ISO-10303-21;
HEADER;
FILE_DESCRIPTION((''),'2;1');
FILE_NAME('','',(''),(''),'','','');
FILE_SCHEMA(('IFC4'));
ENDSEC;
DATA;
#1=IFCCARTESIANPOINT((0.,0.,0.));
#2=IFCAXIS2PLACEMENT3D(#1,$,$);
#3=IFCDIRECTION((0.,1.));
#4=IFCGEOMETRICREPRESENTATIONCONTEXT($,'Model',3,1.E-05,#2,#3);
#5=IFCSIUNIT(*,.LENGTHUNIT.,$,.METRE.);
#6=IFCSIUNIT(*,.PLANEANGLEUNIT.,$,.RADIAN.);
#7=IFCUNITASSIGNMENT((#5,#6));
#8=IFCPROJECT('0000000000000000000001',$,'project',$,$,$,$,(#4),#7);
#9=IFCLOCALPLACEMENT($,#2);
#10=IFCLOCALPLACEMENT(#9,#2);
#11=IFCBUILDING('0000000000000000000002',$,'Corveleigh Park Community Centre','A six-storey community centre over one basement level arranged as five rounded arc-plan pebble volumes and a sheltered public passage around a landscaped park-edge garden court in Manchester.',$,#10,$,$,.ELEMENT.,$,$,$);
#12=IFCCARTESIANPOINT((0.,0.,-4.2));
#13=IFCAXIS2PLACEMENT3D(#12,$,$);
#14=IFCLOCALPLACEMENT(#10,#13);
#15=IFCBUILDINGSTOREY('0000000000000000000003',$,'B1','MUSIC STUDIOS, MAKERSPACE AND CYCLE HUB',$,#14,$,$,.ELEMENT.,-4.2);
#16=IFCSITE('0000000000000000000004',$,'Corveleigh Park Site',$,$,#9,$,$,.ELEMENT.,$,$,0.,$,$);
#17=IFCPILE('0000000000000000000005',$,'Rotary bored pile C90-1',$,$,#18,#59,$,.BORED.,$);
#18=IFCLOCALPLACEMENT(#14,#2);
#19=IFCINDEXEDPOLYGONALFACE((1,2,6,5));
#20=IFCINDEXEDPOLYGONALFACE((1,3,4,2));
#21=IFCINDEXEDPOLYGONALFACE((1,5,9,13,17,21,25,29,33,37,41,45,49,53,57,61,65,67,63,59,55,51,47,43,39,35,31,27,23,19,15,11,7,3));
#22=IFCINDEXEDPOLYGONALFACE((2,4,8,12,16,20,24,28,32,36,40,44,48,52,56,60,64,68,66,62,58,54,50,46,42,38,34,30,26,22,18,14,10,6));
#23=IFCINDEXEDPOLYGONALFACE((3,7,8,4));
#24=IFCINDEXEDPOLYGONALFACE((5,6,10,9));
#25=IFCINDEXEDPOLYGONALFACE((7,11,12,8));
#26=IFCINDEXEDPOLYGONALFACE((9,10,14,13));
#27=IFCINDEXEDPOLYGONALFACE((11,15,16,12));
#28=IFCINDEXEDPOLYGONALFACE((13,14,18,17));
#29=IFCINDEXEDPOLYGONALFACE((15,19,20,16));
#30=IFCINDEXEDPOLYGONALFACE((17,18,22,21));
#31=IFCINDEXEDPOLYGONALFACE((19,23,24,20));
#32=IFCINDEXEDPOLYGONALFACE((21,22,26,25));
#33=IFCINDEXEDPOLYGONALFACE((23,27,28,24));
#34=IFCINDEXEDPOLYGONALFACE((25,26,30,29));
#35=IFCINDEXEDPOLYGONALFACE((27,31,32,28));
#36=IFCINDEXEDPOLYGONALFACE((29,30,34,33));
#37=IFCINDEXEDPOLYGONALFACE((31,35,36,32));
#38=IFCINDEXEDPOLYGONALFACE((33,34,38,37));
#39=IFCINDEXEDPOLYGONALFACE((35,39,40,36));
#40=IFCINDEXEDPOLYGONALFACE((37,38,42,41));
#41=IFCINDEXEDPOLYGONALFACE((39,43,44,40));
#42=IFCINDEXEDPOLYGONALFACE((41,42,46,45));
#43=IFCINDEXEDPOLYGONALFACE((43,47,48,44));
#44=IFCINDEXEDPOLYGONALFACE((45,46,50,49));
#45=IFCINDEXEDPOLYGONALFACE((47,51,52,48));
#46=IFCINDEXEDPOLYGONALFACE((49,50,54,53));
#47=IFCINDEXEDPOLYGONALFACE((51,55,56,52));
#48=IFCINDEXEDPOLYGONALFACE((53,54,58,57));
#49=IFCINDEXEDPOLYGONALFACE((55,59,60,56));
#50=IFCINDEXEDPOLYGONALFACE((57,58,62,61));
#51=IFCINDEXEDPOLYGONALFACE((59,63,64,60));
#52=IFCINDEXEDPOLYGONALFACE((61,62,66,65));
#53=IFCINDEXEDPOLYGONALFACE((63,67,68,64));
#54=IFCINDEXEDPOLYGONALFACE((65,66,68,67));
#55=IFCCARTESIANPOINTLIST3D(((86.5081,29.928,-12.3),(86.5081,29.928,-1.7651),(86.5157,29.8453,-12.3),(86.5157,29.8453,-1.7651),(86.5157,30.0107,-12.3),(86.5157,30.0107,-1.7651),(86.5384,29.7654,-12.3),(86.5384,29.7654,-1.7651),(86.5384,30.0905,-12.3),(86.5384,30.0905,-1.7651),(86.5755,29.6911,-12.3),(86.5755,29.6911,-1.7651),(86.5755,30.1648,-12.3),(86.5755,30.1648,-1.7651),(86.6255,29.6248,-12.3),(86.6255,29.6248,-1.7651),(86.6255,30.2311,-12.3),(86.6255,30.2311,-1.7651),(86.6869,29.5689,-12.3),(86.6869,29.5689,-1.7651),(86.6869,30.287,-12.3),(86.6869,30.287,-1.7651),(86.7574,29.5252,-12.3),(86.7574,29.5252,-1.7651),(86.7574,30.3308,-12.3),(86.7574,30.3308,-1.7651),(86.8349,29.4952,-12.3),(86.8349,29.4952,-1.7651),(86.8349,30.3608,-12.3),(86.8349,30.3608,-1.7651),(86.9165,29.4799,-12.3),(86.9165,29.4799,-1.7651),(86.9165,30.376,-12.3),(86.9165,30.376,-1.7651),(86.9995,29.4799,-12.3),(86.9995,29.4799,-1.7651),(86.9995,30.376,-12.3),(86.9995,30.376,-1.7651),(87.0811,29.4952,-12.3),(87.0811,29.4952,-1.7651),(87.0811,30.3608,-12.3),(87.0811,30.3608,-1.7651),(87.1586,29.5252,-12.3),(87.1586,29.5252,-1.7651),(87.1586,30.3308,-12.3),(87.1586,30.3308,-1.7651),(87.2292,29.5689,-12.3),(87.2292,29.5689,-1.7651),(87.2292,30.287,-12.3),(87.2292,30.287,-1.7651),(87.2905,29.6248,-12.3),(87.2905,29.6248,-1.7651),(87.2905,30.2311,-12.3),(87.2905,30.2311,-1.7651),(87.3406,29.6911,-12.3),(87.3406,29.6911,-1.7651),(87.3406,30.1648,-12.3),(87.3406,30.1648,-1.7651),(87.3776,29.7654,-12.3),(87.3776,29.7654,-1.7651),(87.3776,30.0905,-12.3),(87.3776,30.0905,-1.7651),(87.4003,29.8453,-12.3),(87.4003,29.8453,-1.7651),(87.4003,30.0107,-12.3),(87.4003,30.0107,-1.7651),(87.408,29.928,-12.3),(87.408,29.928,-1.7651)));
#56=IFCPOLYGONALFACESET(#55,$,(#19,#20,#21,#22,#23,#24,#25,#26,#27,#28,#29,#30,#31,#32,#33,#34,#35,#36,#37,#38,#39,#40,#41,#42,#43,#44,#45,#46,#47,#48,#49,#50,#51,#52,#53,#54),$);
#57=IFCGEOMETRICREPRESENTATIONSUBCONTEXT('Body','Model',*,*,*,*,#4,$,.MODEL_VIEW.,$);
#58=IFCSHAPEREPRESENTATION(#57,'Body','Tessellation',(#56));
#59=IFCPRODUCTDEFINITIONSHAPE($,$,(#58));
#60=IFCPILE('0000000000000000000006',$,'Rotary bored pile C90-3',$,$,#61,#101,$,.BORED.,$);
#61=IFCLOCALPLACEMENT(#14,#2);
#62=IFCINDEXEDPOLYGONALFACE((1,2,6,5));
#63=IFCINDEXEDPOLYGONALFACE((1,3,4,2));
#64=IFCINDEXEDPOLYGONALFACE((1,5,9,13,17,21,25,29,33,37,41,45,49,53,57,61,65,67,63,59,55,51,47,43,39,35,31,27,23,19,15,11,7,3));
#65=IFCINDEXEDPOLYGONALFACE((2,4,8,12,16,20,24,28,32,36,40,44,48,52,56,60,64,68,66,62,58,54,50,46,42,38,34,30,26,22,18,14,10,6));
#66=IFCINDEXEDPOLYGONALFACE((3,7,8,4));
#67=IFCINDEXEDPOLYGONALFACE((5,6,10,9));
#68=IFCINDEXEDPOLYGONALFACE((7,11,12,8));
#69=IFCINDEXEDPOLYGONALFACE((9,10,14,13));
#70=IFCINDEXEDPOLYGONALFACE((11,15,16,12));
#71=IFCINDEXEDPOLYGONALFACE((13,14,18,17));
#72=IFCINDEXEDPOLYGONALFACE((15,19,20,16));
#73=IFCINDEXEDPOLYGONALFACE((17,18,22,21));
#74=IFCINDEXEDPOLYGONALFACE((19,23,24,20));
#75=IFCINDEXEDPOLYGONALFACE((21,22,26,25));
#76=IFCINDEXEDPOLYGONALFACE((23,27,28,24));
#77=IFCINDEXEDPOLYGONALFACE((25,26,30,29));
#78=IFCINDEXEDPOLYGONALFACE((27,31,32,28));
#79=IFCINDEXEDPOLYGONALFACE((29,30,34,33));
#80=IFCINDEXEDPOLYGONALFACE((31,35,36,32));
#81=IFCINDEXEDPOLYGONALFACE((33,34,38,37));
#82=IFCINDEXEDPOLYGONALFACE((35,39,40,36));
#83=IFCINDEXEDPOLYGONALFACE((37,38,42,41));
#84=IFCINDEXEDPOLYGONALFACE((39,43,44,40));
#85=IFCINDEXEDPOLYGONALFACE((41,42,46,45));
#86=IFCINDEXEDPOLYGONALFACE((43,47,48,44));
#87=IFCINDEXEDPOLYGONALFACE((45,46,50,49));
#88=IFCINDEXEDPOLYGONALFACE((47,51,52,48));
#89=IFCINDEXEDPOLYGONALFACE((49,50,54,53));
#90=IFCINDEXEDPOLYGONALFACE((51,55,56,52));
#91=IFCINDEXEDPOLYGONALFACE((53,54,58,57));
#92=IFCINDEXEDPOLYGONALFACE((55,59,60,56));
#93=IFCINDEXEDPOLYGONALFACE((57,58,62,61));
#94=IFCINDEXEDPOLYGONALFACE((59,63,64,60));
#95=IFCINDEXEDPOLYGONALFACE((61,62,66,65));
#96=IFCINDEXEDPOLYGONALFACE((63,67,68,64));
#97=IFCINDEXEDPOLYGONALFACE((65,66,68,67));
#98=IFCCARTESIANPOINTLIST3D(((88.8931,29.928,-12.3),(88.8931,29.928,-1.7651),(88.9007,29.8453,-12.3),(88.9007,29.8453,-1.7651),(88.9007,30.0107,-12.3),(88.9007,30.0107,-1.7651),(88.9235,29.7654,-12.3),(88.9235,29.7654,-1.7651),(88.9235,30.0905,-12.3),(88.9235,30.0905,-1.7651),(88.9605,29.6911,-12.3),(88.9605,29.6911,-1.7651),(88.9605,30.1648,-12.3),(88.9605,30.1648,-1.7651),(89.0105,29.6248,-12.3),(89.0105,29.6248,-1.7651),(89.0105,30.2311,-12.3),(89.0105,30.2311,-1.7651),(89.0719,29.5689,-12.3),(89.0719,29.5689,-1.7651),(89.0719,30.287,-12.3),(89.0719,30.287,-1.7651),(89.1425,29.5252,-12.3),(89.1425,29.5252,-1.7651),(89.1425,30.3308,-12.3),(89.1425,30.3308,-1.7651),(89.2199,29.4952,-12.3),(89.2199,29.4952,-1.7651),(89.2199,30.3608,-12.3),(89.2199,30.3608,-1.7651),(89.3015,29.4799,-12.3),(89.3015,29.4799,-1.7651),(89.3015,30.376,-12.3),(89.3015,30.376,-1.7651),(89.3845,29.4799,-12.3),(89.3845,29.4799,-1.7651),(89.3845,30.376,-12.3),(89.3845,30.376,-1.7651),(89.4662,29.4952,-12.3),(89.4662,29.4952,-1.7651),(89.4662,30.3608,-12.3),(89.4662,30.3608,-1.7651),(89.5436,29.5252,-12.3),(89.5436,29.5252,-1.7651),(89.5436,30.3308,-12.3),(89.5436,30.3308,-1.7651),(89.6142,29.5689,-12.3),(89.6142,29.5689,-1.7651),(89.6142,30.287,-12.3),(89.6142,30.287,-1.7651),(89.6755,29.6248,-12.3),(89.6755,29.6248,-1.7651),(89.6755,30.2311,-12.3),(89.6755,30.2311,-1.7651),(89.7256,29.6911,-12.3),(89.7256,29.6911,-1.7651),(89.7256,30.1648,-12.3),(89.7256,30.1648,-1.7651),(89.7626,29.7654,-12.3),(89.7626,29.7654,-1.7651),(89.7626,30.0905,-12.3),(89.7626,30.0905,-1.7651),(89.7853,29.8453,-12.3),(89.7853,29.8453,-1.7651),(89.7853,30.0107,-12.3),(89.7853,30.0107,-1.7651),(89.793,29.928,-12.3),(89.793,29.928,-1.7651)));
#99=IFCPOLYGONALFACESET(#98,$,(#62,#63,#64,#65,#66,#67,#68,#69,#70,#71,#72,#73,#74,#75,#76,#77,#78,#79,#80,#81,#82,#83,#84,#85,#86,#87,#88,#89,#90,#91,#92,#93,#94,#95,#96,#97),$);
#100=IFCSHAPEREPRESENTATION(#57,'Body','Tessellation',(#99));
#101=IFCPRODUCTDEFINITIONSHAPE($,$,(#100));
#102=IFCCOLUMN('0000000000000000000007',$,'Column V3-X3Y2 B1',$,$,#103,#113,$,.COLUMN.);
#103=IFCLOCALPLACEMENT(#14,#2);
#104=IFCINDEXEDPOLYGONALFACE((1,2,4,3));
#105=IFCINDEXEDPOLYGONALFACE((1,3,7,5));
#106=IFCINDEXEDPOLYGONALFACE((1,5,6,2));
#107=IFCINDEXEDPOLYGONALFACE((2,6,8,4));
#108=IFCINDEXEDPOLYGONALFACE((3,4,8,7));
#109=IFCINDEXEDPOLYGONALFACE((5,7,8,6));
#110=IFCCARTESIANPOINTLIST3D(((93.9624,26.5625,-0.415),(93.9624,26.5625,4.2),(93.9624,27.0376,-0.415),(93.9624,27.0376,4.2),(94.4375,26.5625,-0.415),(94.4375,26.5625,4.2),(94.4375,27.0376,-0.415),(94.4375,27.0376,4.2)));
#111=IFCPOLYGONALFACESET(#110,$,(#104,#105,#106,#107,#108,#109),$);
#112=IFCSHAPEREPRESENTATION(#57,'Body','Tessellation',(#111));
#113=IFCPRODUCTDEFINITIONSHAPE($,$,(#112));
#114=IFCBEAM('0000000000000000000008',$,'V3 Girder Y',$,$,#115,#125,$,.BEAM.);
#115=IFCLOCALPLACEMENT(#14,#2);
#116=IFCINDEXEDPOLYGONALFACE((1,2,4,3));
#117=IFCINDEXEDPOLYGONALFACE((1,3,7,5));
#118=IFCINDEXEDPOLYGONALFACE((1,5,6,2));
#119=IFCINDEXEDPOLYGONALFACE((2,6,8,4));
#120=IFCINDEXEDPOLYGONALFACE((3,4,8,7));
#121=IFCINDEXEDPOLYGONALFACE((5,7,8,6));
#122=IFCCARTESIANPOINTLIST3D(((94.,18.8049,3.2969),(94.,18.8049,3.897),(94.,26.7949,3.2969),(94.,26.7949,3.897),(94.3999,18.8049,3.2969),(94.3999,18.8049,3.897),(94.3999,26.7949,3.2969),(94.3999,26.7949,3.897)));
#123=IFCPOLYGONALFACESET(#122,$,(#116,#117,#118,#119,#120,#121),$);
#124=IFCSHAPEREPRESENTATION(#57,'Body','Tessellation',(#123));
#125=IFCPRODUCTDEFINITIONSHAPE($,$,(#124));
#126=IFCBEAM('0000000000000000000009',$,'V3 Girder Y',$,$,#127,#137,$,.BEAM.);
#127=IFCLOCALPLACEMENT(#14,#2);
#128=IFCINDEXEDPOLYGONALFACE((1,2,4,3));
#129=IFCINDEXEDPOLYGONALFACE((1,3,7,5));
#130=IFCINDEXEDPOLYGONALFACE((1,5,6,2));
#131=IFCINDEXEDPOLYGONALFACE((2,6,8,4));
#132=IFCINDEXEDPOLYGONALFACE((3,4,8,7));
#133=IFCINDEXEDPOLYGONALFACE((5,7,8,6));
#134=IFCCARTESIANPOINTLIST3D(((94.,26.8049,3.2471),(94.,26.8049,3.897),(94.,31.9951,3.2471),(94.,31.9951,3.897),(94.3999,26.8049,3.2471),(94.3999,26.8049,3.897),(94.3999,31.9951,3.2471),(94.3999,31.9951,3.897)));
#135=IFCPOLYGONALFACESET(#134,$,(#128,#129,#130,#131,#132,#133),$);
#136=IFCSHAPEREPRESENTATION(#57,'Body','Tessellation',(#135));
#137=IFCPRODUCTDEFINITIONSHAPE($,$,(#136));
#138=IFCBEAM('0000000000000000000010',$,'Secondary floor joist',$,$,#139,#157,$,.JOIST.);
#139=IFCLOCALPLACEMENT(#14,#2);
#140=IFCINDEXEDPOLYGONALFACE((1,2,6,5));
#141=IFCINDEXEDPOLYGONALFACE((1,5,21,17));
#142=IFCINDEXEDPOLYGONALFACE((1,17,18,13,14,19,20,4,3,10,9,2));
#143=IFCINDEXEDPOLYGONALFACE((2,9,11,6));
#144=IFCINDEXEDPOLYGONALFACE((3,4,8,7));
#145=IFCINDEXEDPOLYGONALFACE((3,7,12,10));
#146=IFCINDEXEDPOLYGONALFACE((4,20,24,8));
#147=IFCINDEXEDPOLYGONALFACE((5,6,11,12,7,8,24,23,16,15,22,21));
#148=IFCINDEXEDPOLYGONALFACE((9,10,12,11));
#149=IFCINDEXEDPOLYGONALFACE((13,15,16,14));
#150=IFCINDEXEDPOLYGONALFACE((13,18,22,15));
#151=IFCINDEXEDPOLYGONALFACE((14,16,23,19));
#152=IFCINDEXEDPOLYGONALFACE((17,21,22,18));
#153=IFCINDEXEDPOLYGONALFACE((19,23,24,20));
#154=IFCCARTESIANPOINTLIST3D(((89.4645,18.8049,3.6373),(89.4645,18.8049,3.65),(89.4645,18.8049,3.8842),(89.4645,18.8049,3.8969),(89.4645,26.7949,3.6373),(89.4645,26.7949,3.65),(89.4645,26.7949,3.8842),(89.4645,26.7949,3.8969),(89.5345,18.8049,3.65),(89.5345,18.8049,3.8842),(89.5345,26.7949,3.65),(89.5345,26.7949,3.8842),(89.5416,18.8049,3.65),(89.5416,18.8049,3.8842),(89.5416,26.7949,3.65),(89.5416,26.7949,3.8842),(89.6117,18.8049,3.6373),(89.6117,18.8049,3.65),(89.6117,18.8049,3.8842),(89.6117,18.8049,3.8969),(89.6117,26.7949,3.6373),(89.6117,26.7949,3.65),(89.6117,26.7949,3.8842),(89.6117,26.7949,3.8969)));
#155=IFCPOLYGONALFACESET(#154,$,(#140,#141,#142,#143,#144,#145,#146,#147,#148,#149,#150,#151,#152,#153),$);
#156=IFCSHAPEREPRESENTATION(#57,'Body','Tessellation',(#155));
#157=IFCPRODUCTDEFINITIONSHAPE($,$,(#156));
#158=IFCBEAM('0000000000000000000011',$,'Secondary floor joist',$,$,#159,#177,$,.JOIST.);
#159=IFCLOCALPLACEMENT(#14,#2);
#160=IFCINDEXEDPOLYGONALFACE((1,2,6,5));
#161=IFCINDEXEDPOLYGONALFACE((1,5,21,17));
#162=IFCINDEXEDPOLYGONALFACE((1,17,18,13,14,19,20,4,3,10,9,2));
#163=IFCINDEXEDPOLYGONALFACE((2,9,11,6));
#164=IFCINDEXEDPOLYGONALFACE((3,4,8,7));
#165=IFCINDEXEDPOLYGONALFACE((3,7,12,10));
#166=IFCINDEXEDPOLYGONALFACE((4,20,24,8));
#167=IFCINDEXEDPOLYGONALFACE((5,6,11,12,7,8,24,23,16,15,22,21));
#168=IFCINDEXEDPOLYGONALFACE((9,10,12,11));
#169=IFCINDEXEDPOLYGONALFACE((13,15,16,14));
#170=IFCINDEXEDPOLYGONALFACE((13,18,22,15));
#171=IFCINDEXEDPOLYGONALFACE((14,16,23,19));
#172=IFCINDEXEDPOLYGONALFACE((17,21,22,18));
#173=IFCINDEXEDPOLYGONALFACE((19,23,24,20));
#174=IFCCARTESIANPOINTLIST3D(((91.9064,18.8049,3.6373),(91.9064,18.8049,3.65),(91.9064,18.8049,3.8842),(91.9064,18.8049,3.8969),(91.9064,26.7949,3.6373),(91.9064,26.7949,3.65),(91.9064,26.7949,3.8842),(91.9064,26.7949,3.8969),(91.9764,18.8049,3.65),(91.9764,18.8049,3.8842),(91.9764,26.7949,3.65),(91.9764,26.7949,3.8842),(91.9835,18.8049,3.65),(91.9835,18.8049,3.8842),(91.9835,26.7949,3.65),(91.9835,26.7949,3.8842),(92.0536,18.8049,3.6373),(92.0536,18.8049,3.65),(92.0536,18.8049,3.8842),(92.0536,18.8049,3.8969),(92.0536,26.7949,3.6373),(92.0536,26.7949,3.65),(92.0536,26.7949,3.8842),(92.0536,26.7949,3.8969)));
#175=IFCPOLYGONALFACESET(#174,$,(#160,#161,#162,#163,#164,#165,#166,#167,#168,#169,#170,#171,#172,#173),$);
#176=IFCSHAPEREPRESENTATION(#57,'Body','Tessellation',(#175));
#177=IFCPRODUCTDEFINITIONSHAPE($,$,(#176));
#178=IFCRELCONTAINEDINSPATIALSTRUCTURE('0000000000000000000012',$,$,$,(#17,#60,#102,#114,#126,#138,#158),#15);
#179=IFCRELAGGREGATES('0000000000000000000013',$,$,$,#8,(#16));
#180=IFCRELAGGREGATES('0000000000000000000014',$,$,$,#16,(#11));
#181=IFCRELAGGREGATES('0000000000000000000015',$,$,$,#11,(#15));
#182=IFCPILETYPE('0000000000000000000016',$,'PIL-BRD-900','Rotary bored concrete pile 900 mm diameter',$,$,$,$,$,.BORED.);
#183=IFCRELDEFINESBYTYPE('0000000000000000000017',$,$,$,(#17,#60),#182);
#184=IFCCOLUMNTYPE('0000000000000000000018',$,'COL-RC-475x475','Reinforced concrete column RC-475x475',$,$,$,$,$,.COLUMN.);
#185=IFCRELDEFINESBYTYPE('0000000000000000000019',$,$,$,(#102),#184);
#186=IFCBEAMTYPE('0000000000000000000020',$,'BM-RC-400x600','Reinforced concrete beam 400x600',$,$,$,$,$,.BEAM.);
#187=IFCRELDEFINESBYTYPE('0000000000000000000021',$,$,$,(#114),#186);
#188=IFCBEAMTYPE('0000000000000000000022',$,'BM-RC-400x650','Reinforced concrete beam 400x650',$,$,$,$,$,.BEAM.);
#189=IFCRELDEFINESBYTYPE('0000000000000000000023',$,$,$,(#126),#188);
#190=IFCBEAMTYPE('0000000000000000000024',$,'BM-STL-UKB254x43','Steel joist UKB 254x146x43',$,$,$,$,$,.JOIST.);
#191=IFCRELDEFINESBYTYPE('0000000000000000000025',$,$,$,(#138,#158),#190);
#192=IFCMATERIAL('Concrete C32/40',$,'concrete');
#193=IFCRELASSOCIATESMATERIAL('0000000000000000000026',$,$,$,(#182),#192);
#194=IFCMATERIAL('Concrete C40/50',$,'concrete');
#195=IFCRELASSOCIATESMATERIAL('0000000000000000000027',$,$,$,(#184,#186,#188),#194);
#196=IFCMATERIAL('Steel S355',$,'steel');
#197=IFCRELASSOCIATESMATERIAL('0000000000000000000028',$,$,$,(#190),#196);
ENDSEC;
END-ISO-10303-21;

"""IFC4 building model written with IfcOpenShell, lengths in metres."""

from ifc_helpers import new_model, si_unit, direction, frame, origin, origin_2d, place, context, subcontext, project, spatial, rectangle, circle, i_section, extrude, material, material_profile, profile_set, type_object, element, save


model = new_model("IFC4")

# Units and contexts
model_context = context("Model", 3, precision=1e-05, world=origin(), true_north=direction((0.0, 1.0)))
body_context = subcontext(model_context, "Body", "Model", "MODEL_VIEW")
ifc_project = project(units=[si_unit("LENGTHUNIT", "METRE"), si_unit("PLANEANGLEUNIT", "RADIAN")], contexts=[model_context])

# Site, building, storey
site_placement = place(None, origin())
site = spatial("IfcSite", under=ifc_project, at=site_placement, Name="Corveleigh Park Site", CompositionType="ELEMENT", RefElevation=0.0)
building_placement = place(site_placement, origin())
building = spatial("IfcBuilding", under=site, at=building_placement, Name="Corveleigh Park Community Centre", Description="A six-storey community centre over one basement level arranged as five rounded arc-plan pebble volumes and a sheltered public passage around a landscaped park-edge garden court in Manchester.", CompositionType="ELEMENT")
storey_placement = place(building_placement, frame((0.0, 0.0, -4.2)))
storey = spatial("IfcBuildingStorey", under=building, at=storey_placement, Name="B1", Description="MUSIC STUDIOS, MAKERSPACE AND CYCLE HUB", CompositionType="ELEMENT", Elevation=-4.2)

# Shared definitions
ifc_material_1 = material(Name="Concrete C40/50", Category="concrete")

# Piles
ifc_material_2 = material(Name="Concrete C32/40", Category="concrete")
ifc_material_profile_1 = material_profile(ifc_material_2, circle(Radius=0.45, at=origin_2d()), Name="BORED-PILE-900", Category="concrete")
ifc_profile_set_1 = profile_set([ifc_material_profile_1], Name="Concrete C32/40")
pile_type_1 = type_object("IfcPileType", Name="PIL-BRD-900", Description="Rotary bored concrete pile 900 mm diameter", PredefinedType="BORED", material=ifc_profile_set_1)
for number, where, z_axis, x_axis, name in (
    (1, (86.958, 29.928, -1.7651), (0.0, 0.0, -1.0), (1.0, 0.0, 0.0), "Rotary bored pile C90-1"),
    (2, (89.343, 29.928, -1.7651), (0.0, 0.0, -1.0), (1.0, 0.0, 0.0), "Rotary bored pile C90-3"),
):
    element("IfcPile", number, at=place(storey_placement, frame(where, z_axis=z_axis, x_axis=x_axis)), inside=storey, type_object=pile_type_1, Name=name, PredefinedType="BORED", context=body_context, shape_type="SweptSolid", body=[
        extrude(circle(Radius=0.45, at=origin_2d()), origin(), (0.0, 0.0, 1.0), 10.5349),
    ])

# Column
ifc_material_profile_2 = material_profile(ifc_material_1, rectangle(XDim=0.4751, YDim=0.4751, at=origin_2d()), Name="RC-475x475", Category="concrete")
ifc_profile_set_2 = profile_set([ifc_material_profile_2], Name="Concrete C40/50")
column_type = type_object("IfcColumnType", Name="COL-RC-475x475", Description="Reinforced concrete column RC-475x475", PredefinedType="COLUMN", material=ifc_profile_set_2)
column_placement = place(storey_placement, frame((94.2, 26.8, -0.415), z_axis=(0.0, 0.0, 1.0), x_axis=(1.0, 0.0, 0.0)))
element("IfcColumn", 3, at=column_placement, inside=storey, type_object=column_type, Name="Column V3-X3Y2 B1", PredefinedType="COLUMN", context=body_context, shape_type="SweptSolid", body=[
    extrude(rectangle(XDim=0.4751, YDim=0.4751, at=origin_2d()), origin(), (0.0, 0.0, 1.0), 4.615),
])

# Beams
ifc_material_profile_3 = material_profile(ifc_material_1, rectangle(XDim=0.3999, YDim=0.6001, at=origin_2d()), Name="RC-400x600", Category="concrete")
ifc_profile_set_3 = profile_set([ifc_material_profile_3], Name="Concrete C40/50")
beam_type_1 = type_object("IfcBeamType", Name="BM-RC-400x600", Description="Reinforced concrete beam 400x600", PredefinedType="BEAM", material=ifc_profile_set_3)
beam_1_placement = place(storey_placement, frame((94.2, 18.8049, 3.5969), z_axis=(0.0, 1.0, 0.0), x_axis=(-1.0, 0.0, 0.0)))
element("IfcBeam", 4, at=beam_1_placement, inside=storey, type_object=beam_type_1, Name="V3 Girder Y", PredefinedType="BEAM", context=body_context, shape_type="SweptSolid", body=[
    extrude(rectangle(XDim=0.3999, YDim=0.6001, at=origin_2d()), origin(), (0.0, 0.0, 1.0), 7.99),
])
ifc_material_profile_4 = material_profile(ifc_material_1, rectangle(XDim=0.3999, YDim=0.6499, at=origin_2d()), Name="RC-400x650", Category="concrete")
ifc_profile_set_4 = profile_set([ifc_material_profile_4], Name="Concrete C40/50")
beam_type_2 = type_object("IfcBeamType", Name="BM-RC-400x650", Description="Reinforced concrete beam 400x650", PredefinedType="BEAM", material=ifc_profile_set_4)
beam_2_placement = place(storey_placement, frame((94.2, 26.8049, 3.572), z_axis=(0.0, 1.0, 0.0), x_axis=(-1.0, 0.0, 0.0)))
element("IfcBeam", 5, at=beam_2_placement, inside=storey, type_object=beam_type_2, Name="V3 Girder Y", PredefinedType="BEAM", context=body_context, shape_type="SweptSolid", body=[
    extrude(rectangle(XDim=0.3999, YDim=0.6499, at=origin_2d()), origin(), (0.0, 0.0, 1.0), 5.1902),
])
ifc_material_3 = material(Name="Steel S355", Category="steel")
ifc_material_profile_5 = material_profile(ifc_material_3, i_section(OverallWidth=0.1472, OverallDepth=0.2595, WebThickness=0.0071, FlangeThickness=0.0127, at=origin_2d()), Name="UKB 254x146x43", Category="steel")
ifc_profile_set_5 = profile_set([ifc_material_profile_5], Name="Steel S355")
beam_type_3 = type_object("IfcBeamType", Name="BM-STL-UKB254x43", Description="Steel joist UKB 254x146x43", PredefinedType="JOIST", material=ifc_profile_set_5)
for number, where, z_axis, x_axis, name in (
    (6, (89.5381, 18.8049, 3.7671), (0.0, 1.0, 0.0), (-1.0, 0.0, 0.0), "Secondary floor joist"),
    (7, (91.98, 18.8049, 3.7671), (0.0, 1.0, 0.0), (-1.0, 0.0, 0.0), "Secondary floor joist"),
):
    element("IfcBeam", number, at=place(storey_placement, frame(where, z_axis=z_axis, x_axis=x_axis)), inside=storey, type_object=beam_type_3, Name=name, PredefinedType="JOIST", context=body_context, shape_type="SweptSolid", body=[
        extrude(i_section(OverallWidth=0.1472, OverallDepth=0.2595, WebThickness=0.0071, FlangeThickness=0.0127, at=origin_2d()), origin(), (0.0, 0.0, 1.0), 7.99),
    ])

save(model, "model.ifc")
